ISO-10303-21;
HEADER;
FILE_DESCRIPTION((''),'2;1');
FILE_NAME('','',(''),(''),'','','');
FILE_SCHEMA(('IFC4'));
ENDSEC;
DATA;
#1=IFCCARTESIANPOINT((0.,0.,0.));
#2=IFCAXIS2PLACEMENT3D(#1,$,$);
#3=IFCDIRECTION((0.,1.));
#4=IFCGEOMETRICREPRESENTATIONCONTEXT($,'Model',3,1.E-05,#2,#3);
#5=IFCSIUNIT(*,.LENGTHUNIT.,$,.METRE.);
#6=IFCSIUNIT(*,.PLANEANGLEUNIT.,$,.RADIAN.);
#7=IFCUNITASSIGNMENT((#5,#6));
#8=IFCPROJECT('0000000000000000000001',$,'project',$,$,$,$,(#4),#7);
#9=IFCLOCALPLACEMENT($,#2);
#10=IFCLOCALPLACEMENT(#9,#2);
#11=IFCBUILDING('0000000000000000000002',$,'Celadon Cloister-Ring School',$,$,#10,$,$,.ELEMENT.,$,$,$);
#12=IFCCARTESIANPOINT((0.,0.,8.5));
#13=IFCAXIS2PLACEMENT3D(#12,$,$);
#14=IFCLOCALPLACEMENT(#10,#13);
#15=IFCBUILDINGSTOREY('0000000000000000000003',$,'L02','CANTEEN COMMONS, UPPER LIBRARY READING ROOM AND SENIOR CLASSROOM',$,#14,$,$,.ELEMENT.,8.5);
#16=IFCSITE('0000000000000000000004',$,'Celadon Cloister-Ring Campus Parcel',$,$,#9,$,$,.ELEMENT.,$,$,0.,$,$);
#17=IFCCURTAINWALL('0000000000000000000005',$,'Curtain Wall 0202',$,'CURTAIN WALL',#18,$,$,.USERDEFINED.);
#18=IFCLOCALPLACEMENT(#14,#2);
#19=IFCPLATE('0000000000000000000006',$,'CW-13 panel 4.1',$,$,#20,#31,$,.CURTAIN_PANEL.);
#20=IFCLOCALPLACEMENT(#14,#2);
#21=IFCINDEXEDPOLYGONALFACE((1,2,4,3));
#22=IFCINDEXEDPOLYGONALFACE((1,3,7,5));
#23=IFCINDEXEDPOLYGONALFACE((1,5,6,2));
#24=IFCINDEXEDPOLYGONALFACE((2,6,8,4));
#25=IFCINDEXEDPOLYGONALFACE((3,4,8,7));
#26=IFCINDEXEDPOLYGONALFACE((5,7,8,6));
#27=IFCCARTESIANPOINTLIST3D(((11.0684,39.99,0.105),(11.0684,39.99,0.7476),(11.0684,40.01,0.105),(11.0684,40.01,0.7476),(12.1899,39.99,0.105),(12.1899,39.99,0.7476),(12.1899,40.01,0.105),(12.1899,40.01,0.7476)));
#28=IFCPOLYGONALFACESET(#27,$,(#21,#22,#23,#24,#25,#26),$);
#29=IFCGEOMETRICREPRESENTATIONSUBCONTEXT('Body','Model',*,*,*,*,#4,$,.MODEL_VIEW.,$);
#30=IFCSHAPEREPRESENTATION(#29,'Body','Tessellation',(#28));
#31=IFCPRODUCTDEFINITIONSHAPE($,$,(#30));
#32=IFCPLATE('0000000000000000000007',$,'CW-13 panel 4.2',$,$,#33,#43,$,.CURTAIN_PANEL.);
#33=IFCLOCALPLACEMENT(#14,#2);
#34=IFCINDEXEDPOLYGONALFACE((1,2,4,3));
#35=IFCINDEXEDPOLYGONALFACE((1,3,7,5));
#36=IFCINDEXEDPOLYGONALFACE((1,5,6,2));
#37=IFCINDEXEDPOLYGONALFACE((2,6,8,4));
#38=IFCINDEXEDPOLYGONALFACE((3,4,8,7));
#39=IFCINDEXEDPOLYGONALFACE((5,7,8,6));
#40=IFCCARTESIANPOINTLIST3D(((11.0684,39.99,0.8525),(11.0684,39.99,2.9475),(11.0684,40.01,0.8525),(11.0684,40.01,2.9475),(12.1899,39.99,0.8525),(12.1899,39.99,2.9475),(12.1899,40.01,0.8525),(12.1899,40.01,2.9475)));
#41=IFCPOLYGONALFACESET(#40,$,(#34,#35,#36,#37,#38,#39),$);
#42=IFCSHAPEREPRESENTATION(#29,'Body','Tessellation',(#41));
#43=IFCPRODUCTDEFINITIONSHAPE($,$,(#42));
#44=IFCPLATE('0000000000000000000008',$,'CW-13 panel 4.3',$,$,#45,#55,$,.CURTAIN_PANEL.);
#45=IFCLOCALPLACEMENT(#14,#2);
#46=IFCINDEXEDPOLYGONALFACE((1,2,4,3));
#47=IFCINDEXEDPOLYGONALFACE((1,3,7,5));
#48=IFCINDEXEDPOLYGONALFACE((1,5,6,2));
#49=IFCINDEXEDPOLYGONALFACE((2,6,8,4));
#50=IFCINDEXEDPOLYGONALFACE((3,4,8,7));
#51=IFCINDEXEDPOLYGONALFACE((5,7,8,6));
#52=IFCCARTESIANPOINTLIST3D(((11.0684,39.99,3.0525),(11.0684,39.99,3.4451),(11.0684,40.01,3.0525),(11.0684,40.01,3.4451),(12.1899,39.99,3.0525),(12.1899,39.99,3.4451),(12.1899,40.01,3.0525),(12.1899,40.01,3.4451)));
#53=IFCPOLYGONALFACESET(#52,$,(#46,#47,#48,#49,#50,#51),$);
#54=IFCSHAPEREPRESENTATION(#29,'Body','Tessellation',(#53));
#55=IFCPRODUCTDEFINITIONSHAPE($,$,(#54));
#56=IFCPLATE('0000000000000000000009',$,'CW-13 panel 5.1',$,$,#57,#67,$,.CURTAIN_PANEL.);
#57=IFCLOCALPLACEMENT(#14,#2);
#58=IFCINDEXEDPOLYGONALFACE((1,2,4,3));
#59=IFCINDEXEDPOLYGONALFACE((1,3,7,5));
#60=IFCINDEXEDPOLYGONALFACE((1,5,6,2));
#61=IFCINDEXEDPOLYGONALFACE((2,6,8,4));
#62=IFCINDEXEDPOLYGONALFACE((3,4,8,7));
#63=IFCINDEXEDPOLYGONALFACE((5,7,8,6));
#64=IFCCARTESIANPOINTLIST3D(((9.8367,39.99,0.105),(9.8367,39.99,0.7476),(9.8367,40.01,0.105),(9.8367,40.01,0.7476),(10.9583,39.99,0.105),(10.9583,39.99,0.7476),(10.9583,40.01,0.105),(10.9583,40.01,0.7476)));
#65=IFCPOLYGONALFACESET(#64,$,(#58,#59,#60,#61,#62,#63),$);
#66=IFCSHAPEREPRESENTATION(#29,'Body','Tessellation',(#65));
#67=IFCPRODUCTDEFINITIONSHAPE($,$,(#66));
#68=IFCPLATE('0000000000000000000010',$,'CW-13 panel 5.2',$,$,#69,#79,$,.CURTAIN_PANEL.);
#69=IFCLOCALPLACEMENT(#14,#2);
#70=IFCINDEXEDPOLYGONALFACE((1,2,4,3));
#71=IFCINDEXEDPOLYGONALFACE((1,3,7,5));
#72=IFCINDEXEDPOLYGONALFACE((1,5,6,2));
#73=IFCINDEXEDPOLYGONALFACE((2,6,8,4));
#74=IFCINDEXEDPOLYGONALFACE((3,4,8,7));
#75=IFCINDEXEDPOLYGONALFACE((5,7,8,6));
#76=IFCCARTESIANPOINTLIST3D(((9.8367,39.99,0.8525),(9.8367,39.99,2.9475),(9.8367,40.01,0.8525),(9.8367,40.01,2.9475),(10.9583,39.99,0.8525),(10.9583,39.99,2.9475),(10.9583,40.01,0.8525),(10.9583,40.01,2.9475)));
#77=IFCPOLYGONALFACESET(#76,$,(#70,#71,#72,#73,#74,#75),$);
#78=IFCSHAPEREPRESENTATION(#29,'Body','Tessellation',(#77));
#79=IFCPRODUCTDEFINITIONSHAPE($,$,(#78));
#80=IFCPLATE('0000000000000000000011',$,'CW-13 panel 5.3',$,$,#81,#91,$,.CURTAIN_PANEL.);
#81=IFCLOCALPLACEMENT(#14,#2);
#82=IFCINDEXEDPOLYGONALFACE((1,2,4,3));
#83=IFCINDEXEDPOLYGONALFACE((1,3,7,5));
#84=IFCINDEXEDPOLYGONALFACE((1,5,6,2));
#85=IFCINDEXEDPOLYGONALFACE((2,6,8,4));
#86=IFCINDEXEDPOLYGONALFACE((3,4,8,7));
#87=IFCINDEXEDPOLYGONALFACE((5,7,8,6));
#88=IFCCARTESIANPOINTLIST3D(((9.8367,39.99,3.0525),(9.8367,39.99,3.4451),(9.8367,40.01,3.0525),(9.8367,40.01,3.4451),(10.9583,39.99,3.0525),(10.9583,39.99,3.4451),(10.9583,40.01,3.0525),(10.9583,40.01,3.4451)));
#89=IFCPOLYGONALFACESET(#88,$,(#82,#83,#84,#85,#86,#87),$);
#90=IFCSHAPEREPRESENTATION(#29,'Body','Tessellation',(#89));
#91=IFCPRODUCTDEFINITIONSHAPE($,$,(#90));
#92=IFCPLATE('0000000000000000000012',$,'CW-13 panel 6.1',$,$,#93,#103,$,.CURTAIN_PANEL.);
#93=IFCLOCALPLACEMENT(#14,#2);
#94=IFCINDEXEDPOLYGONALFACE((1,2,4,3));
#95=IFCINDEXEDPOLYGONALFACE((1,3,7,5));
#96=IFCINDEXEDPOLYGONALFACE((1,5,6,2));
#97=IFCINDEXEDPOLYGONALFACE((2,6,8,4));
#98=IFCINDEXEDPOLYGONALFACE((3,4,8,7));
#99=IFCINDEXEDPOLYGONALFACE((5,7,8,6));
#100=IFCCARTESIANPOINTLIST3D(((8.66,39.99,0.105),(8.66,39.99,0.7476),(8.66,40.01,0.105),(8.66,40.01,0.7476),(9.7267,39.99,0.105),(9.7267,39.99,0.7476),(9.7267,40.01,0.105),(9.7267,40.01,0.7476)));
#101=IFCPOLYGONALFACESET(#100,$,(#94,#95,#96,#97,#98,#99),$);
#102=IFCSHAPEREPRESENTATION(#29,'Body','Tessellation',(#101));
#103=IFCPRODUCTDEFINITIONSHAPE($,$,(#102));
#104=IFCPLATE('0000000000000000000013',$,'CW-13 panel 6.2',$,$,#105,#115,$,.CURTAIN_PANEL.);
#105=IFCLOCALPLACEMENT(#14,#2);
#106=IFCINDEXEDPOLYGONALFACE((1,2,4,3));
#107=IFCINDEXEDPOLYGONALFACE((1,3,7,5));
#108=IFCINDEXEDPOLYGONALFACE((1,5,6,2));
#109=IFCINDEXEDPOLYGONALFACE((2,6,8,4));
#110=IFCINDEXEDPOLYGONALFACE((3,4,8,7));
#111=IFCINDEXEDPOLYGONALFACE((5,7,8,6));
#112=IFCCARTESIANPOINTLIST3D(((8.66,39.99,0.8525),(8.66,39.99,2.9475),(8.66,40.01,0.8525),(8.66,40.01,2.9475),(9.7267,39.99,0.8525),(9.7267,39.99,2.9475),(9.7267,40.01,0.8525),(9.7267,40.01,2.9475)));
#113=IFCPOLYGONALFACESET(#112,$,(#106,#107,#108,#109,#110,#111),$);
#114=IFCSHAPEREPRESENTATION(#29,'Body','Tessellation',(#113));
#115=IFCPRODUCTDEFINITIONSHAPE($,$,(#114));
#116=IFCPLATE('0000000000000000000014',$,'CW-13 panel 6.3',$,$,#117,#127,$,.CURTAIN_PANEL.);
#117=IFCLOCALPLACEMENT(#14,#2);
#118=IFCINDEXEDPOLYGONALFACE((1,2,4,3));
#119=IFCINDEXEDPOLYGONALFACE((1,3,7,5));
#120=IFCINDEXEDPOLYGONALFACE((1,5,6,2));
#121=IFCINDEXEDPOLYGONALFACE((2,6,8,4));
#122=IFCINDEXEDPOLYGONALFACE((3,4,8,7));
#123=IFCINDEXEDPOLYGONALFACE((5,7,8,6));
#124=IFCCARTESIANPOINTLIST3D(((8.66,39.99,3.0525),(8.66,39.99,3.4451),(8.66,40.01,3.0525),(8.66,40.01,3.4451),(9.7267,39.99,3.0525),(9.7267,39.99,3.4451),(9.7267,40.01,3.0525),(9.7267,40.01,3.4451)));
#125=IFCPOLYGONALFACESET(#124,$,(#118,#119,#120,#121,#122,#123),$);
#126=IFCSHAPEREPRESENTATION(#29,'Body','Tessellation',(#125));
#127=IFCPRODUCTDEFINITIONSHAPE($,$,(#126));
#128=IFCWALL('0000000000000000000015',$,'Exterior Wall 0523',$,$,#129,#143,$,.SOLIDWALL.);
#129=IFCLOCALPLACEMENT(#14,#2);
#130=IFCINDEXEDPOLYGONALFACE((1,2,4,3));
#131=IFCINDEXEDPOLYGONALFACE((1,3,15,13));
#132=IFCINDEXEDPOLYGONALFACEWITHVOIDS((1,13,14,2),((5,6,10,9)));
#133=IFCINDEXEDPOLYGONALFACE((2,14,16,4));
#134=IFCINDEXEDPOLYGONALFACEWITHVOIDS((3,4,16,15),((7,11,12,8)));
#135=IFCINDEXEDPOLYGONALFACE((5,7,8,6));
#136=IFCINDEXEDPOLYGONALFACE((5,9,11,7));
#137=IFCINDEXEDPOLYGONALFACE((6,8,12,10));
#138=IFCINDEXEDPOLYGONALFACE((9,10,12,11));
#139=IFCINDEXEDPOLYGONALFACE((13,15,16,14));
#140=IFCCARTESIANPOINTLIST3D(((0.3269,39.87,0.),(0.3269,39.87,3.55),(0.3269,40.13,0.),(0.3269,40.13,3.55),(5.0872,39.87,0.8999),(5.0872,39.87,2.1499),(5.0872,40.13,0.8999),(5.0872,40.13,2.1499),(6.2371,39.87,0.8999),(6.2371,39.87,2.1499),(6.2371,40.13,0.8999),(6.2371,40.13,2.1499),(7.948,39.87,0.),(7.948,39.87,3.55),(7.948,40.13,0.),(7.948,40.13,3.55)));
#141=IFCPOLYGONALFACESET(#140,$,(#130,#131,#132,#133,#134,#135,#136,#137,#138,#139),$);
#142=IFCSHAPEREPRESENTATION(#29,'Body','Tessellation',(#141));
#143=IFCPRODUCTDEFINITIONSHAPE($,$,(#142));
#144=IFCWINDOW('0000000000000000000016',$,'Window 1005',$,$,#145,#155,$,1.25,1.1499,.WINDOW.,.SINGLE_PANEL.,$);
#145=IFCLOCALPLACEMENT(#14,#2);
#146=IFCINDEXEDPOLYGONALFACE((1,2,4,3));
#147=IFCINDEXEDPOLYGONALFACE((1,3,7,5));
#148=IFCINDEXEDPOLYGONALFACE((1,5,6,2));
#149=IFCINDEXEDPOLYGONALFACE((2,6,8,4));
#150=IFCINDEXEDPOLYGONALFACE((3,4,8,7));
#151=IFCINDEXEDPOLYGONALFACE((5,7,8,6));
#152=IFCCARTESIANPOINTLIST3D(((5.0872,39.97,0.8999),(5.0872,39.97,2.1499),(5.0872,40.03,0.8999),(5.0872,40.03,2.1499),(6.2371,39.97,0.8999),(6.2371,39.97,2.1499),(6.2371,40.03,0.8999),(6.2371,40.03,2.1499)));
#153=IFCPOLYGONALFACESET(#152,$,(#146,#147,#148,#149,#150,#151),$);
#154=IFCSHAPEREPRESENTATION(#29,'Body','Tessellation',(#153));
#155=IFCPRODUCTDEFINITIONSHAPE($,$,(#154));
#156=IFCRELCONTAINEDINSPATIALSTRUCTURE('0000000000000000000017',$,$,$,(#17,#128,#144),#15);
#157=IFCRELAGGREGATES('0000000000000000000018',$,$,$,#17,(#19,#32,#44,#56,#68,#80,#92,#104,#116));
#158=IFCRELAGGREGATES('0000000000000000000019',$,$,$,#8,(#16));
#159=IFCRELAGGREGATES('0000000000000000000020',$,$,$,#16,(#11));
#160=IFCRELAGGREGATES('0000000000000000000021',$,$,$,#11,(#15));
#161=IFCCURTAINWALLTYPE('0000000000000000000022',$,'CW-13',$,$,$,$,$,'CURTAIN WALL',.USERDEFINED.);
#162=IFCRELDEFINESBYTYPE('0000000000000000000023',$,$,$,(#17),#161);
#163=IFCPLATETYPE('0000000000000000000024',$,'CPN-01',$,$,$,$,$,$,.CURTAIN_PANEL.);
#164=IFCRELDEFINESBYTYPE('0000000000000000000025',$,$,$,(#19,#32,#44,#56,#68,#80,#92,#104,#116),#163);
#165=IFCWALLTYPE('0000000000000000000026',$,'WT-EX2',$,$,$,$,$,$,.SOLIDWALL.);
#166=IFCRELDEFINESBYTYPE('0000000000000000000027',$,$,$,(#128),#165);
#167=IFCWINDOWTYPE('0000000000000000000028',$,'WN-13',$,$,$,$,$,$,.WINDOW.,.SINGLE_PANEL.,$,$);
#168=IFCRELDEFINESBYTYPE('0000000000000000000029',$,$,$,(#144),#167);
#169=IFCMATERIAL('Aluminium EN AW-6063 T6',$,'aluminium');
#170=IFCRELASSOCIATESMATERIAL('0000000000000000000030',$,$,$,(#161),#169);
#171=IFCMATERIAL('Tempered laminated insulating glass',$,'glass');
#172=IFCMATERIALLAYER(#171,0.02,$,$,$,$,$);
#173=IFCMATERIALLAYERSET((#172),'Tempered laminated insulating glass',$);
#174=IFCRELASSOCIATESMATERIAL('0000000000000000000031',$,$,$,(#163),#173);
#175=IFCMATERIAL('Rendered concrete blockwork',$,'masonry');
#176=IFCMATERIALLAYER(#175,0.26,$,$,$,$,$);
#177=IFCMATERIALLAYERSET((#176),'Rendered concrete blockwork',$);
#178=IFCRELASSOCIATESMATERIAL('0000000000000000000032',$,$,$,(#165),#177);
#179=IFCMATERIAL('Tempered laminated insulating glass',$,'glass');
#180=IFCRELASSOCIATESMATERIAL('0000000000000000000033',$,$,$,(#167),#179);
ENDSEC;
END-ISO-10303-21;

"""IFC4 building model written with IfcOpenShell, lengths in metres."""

from ifc_helpers import new_model, si_unit, direction, frame, frame_2d, origin, origin_2d, place, context, subcontext, project, spatial, rectangle, extrude, material, layer, layer_set, type_object, element, fill, aggregate, save


model = new_model("IFC4")

# Units and contexts
model_context = context("Model", 3, precision=1e-05, world=origin(), true_north=direction((0.0, 1.0)))
body_context = subcontext(model_context, "Body", "Model", "MODEL_VIEW")
ifc_project = project(units=[si_unit("LENGTHUNIT", "METRE"), si_unit("PLANEANGLEUNIT", "RADIAN")], contexts=[model_context])

# Site, building, storey
site_placement = place(None, origin())
site = spatial("IfcSite", under=ifc_project, at=site_placement, Name="Celadon Cloister-Ring Campus Parcel", CompositionType="ELEMENT", RefElevation=0.0)
building_placement = place(site_placement, origin())
building = spatial("IfcBuilding", under=site, at=building_placement, Name="Celadon Cloister-Ring School", CompositionType="ELEMENT")
storey_placement = place(building_placement, frame((0.0, 0.0, 8.5)))
storey = spatial("IfcBuildingStorey", under=building, at=storey_placement, Name="L02", Description="CANTEEN COMMONS, UPPER LIBRARY READING ROOM AND SENIOR CLASSROOM", CompositionType="ELEMENT", Elevation=8.5)

# Curtain wall, plates
ifc_material_1 = material(Name="Aluminium EN AW-6063 T6", Category="aluminium")
curtain_wall_type = type_object("IfcCurtainWallType", Name="CW-13", ElementType="CURTAIN WALL", PredefinedType="USERDEFINED", material=ifc_material_1)
curtain_wall_placement = place(storey_placement, origin())
curtain_wall = element("IfcCurtainWall", 1, at=curtain_wall_placement, inside=storey, type_object=curtain_wall_type, Name="Curtain Wall 0202", ObjectType="CURTAIN WALL", PredefinedType="USERDEFINED")
ifc_material_2 = material(Name="Tempered laminated insulating glass", Category="glass")
ifc_layer_1 = layer(ifc_material_2, 0.02)
ifc_layer_set_1 = layer_set([ifc_layer_1], Name="Tempered laminated insulating glass")
plate_type = type_object("IfcPlateType", Name="CPN-01", PredefinedType="CURTAIN_PANEL", material=ifc_layer_set_1)
plate_1_placement = place(storey_placement, frame((11.6292, 40.0, 0.105), z_axis=(0.0, 0.0, 1.0), x_axis=(-1.0, 0.0, 0.0)))
plate_1 = element("IfcPlate", 2, at=plate_1_placement, type_object=plate_type, Name="CW-13 panel 4.1", PredefinedType="CURTAIN_PANEL", context=body_context, shape_type="SweptSolid", body=[
    extrude(rectangle(XDim=1.1216, YDim=0.02, at=origin_2d()), origin(), (0.0, 0.0, 1.0), 0.6426),
])
plate_2_placement = place(storey_placement, frame((11.6292, 40.0, 0.8525), z_axis=(0.0, 0.0, 1.0), x_axis=(-1.0, 0.0, 0.0)))
plate_2 = element("IfcPlate", 3, at=plate_2_placement, type_object=plate_type, Name="CW-13 panel 4.2", PredefinedType="CURTAIN_PANEL", context=body_context, shape_type="SweptSolid", body=[
    extrude(rectangle(XDim=1.1216, YDim=0.02, at=origin_2d()), origin(), (0.0, 0.0, 1.0), 2.095),
])
plate_3_placement = place(storey_placement, frame((11.6292, 40.0, 3.0525), z_axis=(0.0, 0.0, 1.0), x_axis=(-1.0, 0.0, 0.0)))
plate_3 = element("IfcPlate", 4, at=plate_3_placement, type_object=plate_type, Name="CW-13 panel 4.3", PredefinedType="CURTAIN_PANEL", context=body_context, shape_type="SweptSolid", body=[
    extrude(rectangle(XDim=1.1216, YDim=0.02, at=origin_2d()), origin(), (0.0, 0.0, 1.0), 0.3926),
])
plate_4_placement = place(storey_placement, frame((10.3975, 40.0, 0.105), z_axis=(0.0, 0.0, 1.0), x_axis=(-1.0, 0.0, 0.0)))
plate_4 = element("IfcPlate", 5, at=plate_4_placement, type_object=plate_type, Name="CW-13 panel 5.1", PredefinedType="CURTAIN_PANEL", context=body_context, shape_type="SweptSolid", body=[
    extrude(rectangle(XDim=1.1216, YDim=0.02, at=origin_2d()), origin(), (0.0, 0.0, 1.0), 0.6426),
])
plate_5_placement = place(storey_placement, frame((10.3975, 40.0, 0.8525), z_axis=(0.0, 0.0, 1.0), x_axis=(-1.0, 0.0, 0.0)))
plate_5 = element("IfcPlate", 6, at=plate_5_placement, type_object=plate_type, Name="CW-13 panel 5.2", PredefinedType="CURTAIN_PANEL", context=body_context, shape_type="SweptSolid", body=[
    extrude(rectangle(XDim=1.1216, YDim=0.02, at=origin_2d()), origin(), (0.0, 0.0, 1.0), 2.095),
])
plate_6_placement = place(storey_placement, frame((10.3975, 40.0, 3.0525), z_axis=(0.0, 0.0, 1.0), x_axis=(-1.0, 0.0, 0.0)))
plate_6 = element("IfcPlate", 7, at=plate_6_placement, type_object=plate_type, Name="CW-13 panel 5.3", PredefinedType="CURTAIN_PANEL", context=body_context, shape_type="SweptSolid", body=[
    extrude(rectangle(XDim=1.1216, YDim=0.02, at=origin_2d()), origin(), (0.0, 0.0, 1.0), 0.3926),
])
plate_7_placement = place(storey_placement, frame((9.1934, 40.0, 0.105), z_axis=(0.0, 0.0, 1.0), x_axis=(-1.0, 0.0, 0.0)))
plate_7 = element("IfcPlate", 8, at=plate_7_placement, type_object=plate_type, Name="CW-13 panel 6.1", PredefinedType="CURTAIN_PANEL", context=body_context, shape_type="SweptSolid", body=[
    extrude(rectangle(XDim=1.0667, YDim=0.02, at=origin_2d()), origin(), (0.0, 0.0, 1.0), 0.6426),
])
plate_8_placement = place(storey_placement, frame((9.1934, 40.0, 0.8525), z_axis=(0.0, 0.0, 1.0), x_axis=(-1.0, 0.0, 0.0)))
plate_8 = element("IfcPlate", 9, at=plate_8_placement, type_object=plate_type, Name="CW-13 panel 6.2", PredefinedType="CURTAIN_PANEL", context=body_context, shape_type="SweptSolid", body=[
    extrude(rectangle(XDim=1.0667, YDim=0.02, at=origin_2d()), origin(), (0.0, 0.0, 1.0), 2.095),
])
plate_9_placement = place(storey_placement, frame((9.1934, 40.0, 3.0525), z_axis=(0.0, 0.0, 1.0), x_axis=(-1.0, 0.0, 0.0)))
plate_9 = element("IfcPlate", 10, at=plate_9_placement, type_object=plate_type, Name="CW-13 panel 6.3", PredefinedType="CURTAIN_PANEL", context=body_context, shape_type="SweptSolid", body=[
    extrude(rectangle(XDim=1.0667, YDim=0.02, at=origin_2d()), origin(), (0.0, 0.0, 1.0), 0.3926),
])
aggregate(curtain_wall, [plate_1, plate_2, plate_3, plate_4, plate_5, plate_6, plate_7, plate_8, plate_9])

# Wall, opening, window
ifc_material_3 = material(Name="Rendered concrete blockwork", Category="masonry")
ifc_layer_2 = layer(ifc_material_3, 0.26)
ifc_layer_set_2 = layer_set([ifc_layer_2], Name="Rendered concrete blockwork")
wall_type = type_object("IfcWallType", Name="WT-EX2", PredefinedType="SOLIDWALL", material=ifc_layer_set_2)
wall_placement = place(storey_placement, frame((7.948, 40.0, 0.0), z_axis=(0.0, 0.0, 1.0), x_axis=(-1.0, 0.0, 0.0)))
wall = element("IfcWall", 11, at=wall_placement, inside=storey, type_object=wall_type, Name="Exterior Wall 0523", PredefinedType="SOLIDWALL", context=body_context, shape_type="SweptSolid", body=[
    extrude(rectangle(XDim=7.6211, YDim=0.26, at=frame_2d((3.8105, 0.0))), origin(), (0.0, 0.0, 1.0), 3.55),
])
opening_placement = place(wall_placement, frame((1.7109, 0.0, 0.8999)))
opening = element("IfcOpeningElement", 12, at=opening_placement, cuts=wall, PredefinedType="OPENING", context=body_context, shape_type="SweptSolid", body=[
    extrude(rectangle(XDim=1.1499, YDim=1.25, at=frame_2d((0.575, 0.625))), frame((0.0, 0.1401, 0.0), z_axis=(0.0, -1.0, 0.0), x_axis=(1.0, 0.0, 0.0)), (0.0, 0.0, 1.0), 0.28),
])
ifc_material_4 = material(Name="Tempered laminated insulating glass", Category="glass")
window_type = type_object("IfcWindowType", Name="WN-13", PartitioningType="SINGLE_PANEL", PredefinedType="WINDOW", material=ifc_material_4)
window_placement = place(opening_placement, origin())
window = element("IfcWindow", 13, at=window_placement, inside=storey, type_object=window_type, Name="Window 1005", OverallHeight=1.25, OverallWidth=1.1499, PartitioningType="SINGLE_PANEL", PredefinedType="WINDOW", context=body_context, shape_type="SweptSolid", body=[
    extrude(rectangle(XDim=1.1499, YDim=1.25, at=frame_2d((0.575, 0.625))), frame((0.0, 0.03, 0.0), z_axis=(0.0, -1.0, 0.0), x_axis=(1.0, 0.0, 0.0)), (0.0, 0.0, 1.0), 0.0601),
])
fill(opening, window)

save(model, "model.ifc")
